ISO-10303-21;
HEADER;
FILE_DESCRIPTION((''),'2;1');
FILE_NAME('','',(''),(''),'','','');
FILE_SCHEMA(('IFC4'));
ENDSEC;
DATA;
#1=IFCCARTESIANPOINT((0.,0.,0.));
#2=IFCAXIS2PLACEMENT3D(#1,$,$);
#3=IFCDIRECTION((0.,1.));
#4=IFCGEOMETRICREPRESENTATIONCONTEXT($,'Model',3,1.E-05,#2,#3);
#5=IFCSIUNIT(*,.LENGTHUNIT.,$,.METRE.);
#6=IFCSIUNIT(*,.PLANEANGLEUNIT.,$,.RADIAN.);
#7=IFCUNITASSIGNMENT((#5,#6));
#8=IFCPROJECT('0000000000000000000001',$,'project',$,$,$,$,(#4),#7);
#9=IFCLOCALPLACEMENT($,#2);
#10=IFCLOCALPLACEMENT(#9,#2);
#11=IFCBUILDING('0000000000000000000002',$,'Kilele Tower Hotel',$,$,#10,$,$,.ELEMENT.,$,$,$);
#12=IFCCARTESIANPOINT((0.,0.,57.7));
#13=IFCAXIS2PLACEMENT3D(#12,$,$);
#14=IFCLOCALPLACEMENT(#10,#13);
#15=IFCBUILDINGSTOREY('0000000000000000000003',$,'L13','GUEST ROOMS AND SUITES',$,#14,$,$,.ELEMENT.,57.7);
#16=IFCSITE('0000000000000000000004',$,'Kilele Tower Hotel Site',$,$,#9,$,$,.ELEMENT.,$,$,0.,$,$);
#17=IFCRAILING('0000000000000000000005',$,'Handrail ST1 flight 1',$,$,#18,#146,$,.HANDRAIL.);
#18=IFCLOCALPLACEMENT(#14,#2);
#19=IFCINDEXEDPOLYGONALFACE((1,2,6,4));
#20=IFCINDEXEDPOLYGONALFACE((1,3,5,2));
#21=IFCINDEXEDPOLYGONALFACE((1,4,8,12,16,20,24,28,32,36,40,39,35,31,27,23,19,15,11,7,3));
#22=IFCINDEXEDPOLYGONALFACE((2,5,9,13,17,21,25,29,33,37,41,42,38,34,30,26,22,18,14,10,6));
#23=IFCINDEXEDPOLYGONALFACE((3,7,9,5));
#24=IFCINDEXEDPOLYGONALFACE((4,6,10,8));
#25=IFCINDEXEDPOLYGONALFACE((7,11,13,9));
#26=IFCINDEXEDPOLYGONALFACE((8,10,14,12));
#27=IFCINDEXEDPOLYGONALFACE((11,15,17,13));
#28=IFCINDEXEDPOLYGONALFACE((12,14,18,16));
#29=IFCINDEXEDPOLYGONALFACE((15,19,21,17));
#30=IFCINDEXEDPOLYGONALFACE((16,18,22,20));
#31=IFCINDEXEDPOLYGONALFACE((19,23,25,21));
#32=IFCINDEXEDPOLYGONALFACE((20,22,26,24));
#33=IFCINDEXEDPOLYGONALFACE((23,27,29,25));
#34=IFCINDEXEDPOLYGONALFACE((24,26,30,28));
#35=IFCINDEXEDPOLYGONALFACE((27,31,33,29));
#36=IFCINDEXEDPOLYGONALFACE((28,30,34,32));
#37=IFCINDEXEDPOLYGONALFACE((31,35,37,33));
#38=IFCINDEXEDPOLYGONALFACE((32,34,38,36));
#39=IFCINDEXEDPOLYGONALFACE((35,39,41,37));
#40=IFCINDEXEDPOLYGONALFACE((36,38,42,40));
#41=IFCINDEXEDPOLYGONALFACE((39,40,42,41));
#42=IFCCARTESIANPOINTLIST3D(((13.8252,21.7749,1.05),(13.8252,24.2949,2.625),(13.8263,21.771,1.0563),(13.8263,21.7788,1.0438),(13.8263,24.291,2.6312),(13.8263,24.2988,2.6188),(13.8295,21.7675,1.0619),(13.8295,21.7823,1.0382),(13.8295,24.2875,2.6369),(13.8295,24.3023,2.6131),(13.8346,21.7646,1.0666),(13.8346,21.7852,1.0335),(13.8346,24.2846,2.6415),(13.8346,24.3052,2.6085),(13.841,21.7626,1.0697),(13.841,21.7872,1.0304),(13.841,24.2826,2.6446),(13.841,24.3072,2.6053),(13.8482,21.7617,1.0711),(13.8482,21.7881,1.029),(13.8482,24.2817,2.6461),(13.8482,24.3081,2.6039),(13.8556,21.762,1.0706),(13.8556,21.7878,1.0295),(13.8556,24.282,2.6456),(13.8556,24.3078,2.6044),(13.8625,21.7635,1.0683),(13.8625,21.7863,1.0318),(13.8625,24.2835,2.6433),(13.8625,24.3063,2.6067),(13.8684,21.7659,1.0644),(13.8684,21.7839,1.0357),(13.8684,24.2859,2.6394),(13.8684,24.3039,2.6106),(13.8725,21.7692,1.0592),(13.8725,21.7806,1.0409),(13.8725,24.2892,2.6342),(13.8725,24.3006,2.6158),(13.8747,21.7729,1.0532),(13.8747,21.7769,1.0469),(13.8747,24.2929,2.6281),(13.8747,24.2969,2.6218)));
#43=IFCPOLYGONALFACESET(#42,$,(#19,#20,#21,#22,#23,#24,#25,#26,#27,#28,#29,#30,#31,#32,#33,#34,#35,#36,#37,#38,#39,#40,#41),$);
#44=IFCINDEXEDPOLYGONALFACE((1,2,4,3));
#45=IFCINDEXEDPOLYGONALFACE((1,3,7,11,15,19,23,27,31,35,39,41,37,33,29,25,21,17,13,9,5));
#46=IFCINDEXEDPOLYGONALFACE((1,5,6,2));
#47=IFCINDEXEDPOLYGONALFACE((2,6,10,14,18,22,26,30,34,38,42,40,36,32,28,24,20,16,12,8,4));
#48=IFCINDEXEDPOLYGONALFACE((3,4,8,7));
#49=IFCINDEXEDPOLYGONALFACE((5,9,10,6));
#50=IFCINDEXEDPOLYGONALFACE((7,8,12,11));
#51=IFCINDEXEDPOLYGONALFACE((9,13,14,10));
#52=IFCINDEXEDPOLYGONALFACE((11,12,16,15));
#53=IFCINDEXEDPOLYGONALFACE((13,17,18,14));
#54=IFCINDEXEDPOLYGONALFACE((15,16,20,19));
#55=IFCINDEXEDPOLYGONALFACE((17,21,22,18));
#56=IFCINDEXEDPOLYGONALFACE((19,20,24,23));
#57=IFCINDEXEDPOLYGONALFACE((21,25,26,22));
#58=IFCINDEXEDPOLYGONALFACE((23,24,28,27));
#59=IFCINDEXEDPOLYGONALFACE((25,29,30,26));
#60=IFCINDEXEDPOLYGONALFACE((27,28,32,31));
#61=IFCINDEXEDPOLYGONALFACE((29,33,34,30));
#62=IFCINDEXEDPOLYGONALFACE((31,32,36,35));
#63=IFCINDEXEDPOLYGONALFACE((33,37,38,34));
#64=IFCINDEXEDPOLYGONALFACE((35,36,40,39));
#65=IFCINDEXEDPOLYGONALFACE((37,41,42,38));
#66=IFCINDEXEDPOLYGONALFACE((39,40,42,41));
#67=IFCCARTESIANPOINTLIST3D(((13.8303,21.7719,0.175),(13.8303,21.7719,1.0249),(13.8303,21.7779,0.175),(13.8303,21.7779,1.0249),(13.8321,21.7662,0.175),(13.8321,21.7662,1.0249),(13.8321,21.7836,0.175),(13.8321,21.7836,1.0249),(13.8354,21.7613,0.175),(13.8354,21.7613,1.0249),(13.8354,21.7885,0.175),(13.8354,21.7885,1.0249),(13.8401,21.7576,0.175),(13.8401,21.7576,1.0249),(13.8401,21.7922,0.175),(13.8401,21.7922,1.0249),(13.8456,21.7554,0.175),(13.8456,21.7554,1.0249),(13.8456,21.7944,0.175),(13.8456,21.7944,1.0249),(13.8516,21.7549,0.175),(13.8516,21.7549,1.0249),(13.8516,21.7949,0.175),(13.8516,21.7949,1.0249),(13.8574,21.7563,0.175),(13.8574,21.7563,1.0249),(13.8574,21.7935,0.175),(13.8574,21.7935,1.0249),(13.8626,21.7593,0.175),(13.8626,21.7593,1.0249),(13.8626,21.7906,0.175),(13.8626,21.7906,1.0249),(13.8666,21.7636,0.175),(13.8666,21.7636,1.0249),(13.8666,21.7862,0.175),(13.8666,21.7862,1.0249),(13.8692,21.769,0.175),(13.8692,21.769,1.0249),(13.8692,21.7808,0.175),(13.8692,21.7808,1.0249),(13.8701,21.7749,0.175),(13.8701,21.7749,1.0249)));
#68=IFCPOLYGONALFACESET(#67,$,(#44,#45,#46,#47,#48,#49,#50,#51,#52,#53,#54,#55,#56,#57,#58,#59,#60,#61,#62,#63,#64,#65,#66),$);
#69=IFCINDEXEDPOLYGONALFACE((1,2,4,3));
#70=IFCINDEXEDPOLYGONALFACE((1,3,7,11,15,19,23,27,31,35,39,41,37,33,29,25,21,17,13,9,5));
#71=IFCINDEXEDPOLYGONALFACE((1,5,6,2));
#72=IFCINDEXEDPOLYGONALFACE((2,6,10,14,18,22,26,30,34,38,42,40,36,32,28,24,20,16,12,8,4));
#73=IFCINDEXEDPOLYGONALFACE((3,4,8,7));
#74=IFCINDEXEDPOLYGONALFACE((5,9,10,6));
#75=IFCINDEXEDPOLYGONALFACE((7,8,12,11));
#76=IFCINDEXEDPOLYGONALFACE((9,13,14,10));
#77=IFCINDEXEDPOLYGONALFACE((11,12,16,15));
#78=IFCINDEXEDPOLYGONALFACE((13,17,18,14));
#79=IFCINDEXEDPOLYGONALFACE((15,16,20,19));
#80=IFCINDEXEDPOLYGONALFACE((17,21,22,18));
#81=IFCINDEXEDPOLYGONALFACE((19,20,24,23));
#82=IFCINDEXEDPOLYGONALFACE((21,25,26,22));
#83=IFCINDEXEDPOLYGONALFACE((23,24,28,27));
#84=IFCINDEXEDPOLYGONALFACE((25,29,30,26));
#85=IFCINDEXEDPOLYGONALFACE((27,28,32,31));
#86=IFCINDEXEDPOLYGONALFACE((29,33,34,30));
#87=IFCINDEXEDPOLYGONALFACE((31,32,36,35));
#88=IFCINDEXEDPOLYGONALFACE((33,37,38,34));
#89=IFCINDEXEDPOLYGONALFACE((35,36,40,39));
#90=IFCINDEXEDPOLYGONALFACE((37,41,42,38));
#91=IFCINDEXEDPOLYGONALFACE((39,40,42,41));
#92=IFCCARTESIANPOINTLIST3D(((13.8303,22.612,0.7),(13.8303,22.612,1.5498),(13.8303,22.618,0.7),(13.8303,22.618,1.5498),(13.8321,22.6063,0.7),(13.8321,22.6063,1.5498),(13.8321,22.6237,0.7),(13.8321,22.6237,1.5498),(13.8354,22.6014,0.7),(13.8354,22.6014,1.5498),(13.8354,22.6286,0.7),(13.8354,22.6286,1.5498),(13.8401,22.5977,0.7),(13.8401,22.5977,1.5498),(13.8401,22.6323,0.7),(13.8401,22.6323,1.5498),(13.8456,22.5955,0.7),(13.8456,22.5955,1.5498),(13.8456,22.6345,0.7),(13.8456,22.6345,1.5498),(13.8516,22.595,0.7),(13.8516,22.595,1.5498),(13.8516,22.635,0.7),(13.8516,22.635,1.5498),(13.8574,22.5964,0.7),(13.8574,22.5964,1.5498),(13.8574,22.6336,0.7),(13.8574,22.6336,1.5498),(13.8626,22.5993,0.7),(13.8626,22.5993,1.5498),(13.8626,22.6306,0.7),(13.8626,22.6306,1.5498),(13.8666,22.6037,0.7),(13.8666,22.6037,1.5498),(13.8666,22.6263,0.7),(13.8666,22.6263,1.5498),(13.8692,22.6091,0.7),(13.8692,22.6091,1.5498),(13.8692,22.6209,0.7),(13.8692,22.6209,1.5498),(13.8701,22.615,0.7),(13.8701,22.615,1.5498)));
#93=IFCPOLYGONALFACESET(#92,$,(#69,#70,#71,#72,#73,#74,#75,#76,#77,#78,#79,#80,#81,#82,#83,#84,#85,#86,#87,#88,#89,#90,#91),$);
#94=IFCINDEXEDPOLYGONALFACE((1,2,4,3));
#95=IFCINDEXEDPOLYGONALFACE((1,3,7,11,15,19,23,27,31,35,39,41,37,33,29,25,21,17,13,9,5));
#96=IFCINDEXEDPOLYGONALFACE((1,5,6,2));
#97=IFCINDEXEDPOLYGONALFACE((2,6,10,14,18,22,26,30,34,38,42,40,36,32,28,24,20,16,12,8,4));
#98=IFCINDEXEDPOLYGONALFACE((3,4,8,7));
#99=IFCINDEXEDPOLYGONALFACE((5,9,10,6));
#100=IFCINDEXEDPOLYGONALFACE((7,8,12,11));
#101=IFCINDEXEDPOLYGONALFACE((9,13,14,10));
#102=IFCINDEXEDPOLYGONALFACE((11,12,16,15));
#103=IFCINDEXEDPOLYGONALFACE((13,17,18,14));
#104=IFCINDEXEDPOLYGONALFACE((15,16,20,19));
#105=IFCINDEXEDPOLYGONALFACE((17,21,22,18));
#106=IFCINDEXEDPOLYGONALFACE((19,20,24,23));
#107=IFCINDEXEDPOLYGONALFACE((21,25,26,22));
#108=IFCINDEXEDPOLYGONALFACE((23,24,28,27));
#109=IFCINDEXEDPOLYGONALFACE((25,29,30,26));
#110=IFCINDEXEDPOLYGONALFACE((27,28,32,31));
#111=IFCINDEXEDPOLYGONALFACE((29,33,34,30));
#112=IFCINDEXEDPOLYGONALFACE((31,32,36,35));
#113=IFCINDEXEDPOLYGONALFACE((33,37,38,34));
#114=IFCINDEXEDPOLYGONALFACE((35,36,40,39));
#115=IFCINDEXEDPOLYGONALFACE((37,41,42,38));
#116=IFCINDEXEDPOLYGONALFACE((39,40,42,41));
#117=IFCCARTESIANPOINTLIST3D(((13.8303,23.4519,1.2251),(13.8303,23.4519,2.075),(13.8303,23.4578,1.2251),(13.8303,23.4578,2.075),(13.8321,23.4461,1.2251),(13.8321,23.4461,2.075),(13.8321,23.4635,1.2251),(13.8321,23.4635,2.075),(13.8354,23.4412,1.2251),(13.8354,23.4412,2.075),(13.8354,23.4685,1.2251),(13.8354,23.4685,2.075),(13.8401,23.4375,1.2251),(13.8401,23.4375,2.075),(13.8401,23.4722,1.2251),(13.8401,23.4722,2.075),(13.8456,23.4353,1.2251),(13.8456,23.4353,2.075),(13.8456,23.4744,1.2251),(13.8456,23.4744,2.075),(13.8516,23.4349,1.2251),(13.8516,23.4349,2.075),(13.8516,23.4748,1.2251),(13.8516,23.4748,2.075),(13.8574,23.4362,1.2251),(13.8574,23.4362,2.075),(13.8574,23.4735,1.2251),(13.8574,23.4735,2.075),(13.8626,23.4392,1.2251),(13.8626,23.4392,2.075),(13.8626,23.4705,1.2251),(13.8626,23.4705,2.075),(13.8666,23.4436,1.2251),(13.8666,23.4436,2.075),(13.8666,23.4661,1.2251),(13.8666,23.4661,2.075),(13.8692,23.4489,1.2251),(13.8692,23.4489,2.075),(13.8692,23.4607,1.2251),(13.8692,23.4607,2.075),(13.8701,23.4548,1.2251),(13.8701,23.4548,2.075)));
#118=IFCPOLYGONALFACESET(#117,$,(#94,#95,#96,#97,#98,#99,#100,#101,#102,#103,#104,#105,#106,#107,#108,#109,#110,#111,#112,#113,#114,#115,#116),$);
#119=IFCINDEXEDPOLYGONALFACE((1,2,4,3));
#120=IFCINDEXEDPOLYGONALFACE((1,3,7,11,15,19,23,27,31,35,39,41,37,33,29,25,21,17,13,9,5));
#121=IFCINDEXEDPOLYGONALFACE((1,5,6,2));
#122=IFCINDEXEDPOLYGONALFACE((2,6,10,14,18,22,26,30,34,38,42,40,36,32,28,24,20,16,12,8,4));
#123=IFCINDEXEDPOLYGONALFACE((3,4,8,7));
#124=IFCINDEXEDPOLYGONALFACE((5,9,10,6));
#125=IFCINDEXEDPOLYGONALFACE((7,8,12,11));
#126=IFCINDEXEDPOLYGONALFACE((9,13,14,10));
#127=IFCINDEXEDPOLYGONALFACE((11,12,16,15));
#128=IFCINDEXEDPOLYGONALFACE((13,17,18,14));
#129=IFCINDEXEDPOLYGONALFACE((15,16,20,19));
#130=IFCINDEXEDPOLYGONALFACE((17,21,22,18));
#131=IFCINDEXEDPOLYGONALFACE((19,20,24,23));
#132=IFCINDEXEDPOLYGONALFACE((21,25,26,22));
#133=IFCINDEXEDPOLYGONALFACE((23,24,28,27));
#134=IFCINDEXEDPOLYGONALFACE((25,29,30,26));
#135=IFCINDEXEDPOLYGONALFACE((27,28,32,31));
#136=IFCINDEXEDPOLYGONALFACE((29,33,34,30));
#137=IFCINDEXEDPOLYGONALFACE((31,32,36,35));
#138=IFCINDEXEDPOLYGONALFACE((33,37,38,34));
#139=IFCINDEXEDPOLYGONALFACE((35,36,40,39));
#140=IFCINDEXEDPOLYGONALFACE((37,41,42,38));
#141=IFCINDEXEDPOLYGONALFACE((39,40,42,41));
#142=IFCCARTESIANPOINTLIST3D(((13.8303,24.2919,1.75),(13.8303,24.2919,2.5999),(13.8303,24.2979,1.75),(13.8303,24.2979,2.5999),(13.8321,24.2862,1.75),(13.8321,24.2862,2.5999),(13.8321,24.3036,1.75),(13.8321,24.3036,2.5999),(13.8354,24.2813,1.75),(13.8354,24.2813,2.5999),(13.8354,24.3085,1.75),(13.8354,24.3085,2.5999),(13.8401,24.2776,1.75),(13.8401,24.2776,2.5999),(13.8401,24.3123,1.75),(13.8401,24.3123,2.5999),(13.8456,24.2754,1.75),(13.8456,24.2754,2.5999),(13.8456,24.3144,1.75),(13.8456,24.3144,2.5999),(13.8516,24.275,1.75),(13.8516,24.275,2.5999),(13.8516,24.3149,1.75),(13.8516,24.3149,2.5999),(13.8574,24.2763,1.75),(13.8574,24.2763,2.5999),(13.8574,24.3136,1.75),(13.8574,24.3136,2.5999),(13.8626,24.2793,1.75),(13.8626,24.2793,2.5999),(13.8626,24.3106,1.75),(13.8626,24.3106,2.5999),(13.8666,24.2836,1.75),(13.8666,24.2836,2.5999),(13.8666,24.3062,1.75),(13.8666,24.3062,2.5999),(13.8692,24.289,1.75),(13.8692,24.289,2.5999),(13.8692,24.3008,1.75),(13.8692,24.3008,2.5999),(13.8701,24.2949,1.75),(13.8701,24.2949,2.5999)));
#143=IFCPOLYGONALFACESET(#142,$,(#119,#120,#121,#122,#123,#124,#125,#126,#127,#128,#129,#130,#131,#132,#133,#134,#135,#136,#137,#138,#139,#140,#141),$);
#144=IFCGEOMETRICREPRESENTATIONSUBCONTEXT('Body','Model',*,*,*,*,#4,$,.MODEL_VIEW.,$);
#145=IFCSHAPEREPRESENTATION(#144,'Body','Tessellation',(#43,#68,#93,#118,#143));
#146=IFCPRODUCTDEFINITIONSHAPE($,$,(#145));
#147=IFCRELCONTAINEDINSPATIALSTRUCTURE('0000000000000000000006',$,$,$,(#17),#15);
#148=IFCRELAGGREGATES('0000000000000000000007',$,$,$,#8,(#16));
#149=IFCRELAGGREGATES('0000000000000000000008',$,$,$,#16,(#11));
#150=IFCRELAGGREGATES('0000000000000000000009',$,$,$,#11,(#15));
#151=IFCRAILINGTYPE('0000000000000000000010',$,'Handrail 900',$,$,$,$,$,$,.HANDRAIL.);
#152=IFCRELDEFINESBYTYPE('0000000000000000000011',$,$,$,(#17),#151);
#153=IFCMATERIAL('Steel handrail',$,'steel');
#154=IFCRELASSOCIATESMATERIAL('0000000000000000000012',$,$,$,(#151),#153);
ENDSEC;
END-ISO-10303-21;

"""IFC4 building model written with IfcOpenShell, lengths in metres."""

from ifc_helpers import new_model, si_unit, direction, frame, origin, origin_2d, place, context, subcontext, project, spatial, circle, extrude, material, type_object, element, save


model = new_model("IFC4")

# Units and contexts
model_context = context("Model", 3, precision=1e-05, world=origin(), true_north=direction((0.0, 1.0)))
body_context = subcontext(model_context, "Body", "Model", "MODEL_VIEW")
ifc_project = project(units=[si_unit("LENGTHUNIT", "METRE"), si_unit("PLANEANGLEUNIT", "RADIAN")], contexts=[model_context])

# Site, building, storey
site_placement = place(None, origin())
site = spatial("IfcSite", under=ifc_project, at=site_placement, Name="Kilele Tower Hotel Site", CompositionType="ELEMENT", RefElevation=0.0)
building_placement = place(site_placement, origin())
building = spatial("IfcBuilding", under=site, at=building_placement, Name="Kilele Tower Hotel", CompositionType="ELEMENT")
storey_placement = place(building_placement, frame((0.0, 0.0, 57.7)))
storey = spatial("IfcBuildingStorey", under=building, at=storey_placement, Name="L13", Description="GUEST ROOMS AND SUITES", CompositionType="ELEMENT", Elevation=57.7)

# Railing
ifc_material_1 = material(Name="Steel handrail", Category="steel")
railing_type_1 = type_object("IfcRailingType", Name="Handrail 900", PredefinedType="HANDRAIL", material=ifc_material_1)
for number, where, name in (
    (1, (13.8501, 21.7749, 0.175), "Handrail ST1 flight 1"),
):
    element("IfcRailing", number, at=place(storey_placement, frame(where)), inside=storey, type_object=railing_type_1, Name=name, PredefinedType="HANDRAIL", context=body_context, shape_type="SweptSolid", body=[
        extrude(circle(Radius=0.0249, at=origin_2d()), frame((0.0, 0.0, 0.875), z_axis=(0.0, 0.848008, 0.529984), x_axis=(-1.0, 0.0, 0.0)), (0.0, 0.0, 1.0), 2.9717),
        extrude(circle(Radius=0.02, at=origin_2d()), origin(), (0.0, 0.0, 1.0), 0.8499),
        extrude(circle(Radius=0.02, at=origin_2d()), frame((0.0, 0.8401, 0.5249)), (0.0, 0.0, 1.0), 0.8499),
        extrude(circle(Radius=0.02, at=origin_2d()), frame((0.0, 1.6799, 1.05)), (0.0, 0.0, 1.0), 0.8499),
        extrude(circle(Radius=0.02, at=origin_2d()), frame((0.0, 2.52, 1.575)), (0.0, 0.0, 1.0), 0.8499),
    ])

save(model, "model.ifc")
